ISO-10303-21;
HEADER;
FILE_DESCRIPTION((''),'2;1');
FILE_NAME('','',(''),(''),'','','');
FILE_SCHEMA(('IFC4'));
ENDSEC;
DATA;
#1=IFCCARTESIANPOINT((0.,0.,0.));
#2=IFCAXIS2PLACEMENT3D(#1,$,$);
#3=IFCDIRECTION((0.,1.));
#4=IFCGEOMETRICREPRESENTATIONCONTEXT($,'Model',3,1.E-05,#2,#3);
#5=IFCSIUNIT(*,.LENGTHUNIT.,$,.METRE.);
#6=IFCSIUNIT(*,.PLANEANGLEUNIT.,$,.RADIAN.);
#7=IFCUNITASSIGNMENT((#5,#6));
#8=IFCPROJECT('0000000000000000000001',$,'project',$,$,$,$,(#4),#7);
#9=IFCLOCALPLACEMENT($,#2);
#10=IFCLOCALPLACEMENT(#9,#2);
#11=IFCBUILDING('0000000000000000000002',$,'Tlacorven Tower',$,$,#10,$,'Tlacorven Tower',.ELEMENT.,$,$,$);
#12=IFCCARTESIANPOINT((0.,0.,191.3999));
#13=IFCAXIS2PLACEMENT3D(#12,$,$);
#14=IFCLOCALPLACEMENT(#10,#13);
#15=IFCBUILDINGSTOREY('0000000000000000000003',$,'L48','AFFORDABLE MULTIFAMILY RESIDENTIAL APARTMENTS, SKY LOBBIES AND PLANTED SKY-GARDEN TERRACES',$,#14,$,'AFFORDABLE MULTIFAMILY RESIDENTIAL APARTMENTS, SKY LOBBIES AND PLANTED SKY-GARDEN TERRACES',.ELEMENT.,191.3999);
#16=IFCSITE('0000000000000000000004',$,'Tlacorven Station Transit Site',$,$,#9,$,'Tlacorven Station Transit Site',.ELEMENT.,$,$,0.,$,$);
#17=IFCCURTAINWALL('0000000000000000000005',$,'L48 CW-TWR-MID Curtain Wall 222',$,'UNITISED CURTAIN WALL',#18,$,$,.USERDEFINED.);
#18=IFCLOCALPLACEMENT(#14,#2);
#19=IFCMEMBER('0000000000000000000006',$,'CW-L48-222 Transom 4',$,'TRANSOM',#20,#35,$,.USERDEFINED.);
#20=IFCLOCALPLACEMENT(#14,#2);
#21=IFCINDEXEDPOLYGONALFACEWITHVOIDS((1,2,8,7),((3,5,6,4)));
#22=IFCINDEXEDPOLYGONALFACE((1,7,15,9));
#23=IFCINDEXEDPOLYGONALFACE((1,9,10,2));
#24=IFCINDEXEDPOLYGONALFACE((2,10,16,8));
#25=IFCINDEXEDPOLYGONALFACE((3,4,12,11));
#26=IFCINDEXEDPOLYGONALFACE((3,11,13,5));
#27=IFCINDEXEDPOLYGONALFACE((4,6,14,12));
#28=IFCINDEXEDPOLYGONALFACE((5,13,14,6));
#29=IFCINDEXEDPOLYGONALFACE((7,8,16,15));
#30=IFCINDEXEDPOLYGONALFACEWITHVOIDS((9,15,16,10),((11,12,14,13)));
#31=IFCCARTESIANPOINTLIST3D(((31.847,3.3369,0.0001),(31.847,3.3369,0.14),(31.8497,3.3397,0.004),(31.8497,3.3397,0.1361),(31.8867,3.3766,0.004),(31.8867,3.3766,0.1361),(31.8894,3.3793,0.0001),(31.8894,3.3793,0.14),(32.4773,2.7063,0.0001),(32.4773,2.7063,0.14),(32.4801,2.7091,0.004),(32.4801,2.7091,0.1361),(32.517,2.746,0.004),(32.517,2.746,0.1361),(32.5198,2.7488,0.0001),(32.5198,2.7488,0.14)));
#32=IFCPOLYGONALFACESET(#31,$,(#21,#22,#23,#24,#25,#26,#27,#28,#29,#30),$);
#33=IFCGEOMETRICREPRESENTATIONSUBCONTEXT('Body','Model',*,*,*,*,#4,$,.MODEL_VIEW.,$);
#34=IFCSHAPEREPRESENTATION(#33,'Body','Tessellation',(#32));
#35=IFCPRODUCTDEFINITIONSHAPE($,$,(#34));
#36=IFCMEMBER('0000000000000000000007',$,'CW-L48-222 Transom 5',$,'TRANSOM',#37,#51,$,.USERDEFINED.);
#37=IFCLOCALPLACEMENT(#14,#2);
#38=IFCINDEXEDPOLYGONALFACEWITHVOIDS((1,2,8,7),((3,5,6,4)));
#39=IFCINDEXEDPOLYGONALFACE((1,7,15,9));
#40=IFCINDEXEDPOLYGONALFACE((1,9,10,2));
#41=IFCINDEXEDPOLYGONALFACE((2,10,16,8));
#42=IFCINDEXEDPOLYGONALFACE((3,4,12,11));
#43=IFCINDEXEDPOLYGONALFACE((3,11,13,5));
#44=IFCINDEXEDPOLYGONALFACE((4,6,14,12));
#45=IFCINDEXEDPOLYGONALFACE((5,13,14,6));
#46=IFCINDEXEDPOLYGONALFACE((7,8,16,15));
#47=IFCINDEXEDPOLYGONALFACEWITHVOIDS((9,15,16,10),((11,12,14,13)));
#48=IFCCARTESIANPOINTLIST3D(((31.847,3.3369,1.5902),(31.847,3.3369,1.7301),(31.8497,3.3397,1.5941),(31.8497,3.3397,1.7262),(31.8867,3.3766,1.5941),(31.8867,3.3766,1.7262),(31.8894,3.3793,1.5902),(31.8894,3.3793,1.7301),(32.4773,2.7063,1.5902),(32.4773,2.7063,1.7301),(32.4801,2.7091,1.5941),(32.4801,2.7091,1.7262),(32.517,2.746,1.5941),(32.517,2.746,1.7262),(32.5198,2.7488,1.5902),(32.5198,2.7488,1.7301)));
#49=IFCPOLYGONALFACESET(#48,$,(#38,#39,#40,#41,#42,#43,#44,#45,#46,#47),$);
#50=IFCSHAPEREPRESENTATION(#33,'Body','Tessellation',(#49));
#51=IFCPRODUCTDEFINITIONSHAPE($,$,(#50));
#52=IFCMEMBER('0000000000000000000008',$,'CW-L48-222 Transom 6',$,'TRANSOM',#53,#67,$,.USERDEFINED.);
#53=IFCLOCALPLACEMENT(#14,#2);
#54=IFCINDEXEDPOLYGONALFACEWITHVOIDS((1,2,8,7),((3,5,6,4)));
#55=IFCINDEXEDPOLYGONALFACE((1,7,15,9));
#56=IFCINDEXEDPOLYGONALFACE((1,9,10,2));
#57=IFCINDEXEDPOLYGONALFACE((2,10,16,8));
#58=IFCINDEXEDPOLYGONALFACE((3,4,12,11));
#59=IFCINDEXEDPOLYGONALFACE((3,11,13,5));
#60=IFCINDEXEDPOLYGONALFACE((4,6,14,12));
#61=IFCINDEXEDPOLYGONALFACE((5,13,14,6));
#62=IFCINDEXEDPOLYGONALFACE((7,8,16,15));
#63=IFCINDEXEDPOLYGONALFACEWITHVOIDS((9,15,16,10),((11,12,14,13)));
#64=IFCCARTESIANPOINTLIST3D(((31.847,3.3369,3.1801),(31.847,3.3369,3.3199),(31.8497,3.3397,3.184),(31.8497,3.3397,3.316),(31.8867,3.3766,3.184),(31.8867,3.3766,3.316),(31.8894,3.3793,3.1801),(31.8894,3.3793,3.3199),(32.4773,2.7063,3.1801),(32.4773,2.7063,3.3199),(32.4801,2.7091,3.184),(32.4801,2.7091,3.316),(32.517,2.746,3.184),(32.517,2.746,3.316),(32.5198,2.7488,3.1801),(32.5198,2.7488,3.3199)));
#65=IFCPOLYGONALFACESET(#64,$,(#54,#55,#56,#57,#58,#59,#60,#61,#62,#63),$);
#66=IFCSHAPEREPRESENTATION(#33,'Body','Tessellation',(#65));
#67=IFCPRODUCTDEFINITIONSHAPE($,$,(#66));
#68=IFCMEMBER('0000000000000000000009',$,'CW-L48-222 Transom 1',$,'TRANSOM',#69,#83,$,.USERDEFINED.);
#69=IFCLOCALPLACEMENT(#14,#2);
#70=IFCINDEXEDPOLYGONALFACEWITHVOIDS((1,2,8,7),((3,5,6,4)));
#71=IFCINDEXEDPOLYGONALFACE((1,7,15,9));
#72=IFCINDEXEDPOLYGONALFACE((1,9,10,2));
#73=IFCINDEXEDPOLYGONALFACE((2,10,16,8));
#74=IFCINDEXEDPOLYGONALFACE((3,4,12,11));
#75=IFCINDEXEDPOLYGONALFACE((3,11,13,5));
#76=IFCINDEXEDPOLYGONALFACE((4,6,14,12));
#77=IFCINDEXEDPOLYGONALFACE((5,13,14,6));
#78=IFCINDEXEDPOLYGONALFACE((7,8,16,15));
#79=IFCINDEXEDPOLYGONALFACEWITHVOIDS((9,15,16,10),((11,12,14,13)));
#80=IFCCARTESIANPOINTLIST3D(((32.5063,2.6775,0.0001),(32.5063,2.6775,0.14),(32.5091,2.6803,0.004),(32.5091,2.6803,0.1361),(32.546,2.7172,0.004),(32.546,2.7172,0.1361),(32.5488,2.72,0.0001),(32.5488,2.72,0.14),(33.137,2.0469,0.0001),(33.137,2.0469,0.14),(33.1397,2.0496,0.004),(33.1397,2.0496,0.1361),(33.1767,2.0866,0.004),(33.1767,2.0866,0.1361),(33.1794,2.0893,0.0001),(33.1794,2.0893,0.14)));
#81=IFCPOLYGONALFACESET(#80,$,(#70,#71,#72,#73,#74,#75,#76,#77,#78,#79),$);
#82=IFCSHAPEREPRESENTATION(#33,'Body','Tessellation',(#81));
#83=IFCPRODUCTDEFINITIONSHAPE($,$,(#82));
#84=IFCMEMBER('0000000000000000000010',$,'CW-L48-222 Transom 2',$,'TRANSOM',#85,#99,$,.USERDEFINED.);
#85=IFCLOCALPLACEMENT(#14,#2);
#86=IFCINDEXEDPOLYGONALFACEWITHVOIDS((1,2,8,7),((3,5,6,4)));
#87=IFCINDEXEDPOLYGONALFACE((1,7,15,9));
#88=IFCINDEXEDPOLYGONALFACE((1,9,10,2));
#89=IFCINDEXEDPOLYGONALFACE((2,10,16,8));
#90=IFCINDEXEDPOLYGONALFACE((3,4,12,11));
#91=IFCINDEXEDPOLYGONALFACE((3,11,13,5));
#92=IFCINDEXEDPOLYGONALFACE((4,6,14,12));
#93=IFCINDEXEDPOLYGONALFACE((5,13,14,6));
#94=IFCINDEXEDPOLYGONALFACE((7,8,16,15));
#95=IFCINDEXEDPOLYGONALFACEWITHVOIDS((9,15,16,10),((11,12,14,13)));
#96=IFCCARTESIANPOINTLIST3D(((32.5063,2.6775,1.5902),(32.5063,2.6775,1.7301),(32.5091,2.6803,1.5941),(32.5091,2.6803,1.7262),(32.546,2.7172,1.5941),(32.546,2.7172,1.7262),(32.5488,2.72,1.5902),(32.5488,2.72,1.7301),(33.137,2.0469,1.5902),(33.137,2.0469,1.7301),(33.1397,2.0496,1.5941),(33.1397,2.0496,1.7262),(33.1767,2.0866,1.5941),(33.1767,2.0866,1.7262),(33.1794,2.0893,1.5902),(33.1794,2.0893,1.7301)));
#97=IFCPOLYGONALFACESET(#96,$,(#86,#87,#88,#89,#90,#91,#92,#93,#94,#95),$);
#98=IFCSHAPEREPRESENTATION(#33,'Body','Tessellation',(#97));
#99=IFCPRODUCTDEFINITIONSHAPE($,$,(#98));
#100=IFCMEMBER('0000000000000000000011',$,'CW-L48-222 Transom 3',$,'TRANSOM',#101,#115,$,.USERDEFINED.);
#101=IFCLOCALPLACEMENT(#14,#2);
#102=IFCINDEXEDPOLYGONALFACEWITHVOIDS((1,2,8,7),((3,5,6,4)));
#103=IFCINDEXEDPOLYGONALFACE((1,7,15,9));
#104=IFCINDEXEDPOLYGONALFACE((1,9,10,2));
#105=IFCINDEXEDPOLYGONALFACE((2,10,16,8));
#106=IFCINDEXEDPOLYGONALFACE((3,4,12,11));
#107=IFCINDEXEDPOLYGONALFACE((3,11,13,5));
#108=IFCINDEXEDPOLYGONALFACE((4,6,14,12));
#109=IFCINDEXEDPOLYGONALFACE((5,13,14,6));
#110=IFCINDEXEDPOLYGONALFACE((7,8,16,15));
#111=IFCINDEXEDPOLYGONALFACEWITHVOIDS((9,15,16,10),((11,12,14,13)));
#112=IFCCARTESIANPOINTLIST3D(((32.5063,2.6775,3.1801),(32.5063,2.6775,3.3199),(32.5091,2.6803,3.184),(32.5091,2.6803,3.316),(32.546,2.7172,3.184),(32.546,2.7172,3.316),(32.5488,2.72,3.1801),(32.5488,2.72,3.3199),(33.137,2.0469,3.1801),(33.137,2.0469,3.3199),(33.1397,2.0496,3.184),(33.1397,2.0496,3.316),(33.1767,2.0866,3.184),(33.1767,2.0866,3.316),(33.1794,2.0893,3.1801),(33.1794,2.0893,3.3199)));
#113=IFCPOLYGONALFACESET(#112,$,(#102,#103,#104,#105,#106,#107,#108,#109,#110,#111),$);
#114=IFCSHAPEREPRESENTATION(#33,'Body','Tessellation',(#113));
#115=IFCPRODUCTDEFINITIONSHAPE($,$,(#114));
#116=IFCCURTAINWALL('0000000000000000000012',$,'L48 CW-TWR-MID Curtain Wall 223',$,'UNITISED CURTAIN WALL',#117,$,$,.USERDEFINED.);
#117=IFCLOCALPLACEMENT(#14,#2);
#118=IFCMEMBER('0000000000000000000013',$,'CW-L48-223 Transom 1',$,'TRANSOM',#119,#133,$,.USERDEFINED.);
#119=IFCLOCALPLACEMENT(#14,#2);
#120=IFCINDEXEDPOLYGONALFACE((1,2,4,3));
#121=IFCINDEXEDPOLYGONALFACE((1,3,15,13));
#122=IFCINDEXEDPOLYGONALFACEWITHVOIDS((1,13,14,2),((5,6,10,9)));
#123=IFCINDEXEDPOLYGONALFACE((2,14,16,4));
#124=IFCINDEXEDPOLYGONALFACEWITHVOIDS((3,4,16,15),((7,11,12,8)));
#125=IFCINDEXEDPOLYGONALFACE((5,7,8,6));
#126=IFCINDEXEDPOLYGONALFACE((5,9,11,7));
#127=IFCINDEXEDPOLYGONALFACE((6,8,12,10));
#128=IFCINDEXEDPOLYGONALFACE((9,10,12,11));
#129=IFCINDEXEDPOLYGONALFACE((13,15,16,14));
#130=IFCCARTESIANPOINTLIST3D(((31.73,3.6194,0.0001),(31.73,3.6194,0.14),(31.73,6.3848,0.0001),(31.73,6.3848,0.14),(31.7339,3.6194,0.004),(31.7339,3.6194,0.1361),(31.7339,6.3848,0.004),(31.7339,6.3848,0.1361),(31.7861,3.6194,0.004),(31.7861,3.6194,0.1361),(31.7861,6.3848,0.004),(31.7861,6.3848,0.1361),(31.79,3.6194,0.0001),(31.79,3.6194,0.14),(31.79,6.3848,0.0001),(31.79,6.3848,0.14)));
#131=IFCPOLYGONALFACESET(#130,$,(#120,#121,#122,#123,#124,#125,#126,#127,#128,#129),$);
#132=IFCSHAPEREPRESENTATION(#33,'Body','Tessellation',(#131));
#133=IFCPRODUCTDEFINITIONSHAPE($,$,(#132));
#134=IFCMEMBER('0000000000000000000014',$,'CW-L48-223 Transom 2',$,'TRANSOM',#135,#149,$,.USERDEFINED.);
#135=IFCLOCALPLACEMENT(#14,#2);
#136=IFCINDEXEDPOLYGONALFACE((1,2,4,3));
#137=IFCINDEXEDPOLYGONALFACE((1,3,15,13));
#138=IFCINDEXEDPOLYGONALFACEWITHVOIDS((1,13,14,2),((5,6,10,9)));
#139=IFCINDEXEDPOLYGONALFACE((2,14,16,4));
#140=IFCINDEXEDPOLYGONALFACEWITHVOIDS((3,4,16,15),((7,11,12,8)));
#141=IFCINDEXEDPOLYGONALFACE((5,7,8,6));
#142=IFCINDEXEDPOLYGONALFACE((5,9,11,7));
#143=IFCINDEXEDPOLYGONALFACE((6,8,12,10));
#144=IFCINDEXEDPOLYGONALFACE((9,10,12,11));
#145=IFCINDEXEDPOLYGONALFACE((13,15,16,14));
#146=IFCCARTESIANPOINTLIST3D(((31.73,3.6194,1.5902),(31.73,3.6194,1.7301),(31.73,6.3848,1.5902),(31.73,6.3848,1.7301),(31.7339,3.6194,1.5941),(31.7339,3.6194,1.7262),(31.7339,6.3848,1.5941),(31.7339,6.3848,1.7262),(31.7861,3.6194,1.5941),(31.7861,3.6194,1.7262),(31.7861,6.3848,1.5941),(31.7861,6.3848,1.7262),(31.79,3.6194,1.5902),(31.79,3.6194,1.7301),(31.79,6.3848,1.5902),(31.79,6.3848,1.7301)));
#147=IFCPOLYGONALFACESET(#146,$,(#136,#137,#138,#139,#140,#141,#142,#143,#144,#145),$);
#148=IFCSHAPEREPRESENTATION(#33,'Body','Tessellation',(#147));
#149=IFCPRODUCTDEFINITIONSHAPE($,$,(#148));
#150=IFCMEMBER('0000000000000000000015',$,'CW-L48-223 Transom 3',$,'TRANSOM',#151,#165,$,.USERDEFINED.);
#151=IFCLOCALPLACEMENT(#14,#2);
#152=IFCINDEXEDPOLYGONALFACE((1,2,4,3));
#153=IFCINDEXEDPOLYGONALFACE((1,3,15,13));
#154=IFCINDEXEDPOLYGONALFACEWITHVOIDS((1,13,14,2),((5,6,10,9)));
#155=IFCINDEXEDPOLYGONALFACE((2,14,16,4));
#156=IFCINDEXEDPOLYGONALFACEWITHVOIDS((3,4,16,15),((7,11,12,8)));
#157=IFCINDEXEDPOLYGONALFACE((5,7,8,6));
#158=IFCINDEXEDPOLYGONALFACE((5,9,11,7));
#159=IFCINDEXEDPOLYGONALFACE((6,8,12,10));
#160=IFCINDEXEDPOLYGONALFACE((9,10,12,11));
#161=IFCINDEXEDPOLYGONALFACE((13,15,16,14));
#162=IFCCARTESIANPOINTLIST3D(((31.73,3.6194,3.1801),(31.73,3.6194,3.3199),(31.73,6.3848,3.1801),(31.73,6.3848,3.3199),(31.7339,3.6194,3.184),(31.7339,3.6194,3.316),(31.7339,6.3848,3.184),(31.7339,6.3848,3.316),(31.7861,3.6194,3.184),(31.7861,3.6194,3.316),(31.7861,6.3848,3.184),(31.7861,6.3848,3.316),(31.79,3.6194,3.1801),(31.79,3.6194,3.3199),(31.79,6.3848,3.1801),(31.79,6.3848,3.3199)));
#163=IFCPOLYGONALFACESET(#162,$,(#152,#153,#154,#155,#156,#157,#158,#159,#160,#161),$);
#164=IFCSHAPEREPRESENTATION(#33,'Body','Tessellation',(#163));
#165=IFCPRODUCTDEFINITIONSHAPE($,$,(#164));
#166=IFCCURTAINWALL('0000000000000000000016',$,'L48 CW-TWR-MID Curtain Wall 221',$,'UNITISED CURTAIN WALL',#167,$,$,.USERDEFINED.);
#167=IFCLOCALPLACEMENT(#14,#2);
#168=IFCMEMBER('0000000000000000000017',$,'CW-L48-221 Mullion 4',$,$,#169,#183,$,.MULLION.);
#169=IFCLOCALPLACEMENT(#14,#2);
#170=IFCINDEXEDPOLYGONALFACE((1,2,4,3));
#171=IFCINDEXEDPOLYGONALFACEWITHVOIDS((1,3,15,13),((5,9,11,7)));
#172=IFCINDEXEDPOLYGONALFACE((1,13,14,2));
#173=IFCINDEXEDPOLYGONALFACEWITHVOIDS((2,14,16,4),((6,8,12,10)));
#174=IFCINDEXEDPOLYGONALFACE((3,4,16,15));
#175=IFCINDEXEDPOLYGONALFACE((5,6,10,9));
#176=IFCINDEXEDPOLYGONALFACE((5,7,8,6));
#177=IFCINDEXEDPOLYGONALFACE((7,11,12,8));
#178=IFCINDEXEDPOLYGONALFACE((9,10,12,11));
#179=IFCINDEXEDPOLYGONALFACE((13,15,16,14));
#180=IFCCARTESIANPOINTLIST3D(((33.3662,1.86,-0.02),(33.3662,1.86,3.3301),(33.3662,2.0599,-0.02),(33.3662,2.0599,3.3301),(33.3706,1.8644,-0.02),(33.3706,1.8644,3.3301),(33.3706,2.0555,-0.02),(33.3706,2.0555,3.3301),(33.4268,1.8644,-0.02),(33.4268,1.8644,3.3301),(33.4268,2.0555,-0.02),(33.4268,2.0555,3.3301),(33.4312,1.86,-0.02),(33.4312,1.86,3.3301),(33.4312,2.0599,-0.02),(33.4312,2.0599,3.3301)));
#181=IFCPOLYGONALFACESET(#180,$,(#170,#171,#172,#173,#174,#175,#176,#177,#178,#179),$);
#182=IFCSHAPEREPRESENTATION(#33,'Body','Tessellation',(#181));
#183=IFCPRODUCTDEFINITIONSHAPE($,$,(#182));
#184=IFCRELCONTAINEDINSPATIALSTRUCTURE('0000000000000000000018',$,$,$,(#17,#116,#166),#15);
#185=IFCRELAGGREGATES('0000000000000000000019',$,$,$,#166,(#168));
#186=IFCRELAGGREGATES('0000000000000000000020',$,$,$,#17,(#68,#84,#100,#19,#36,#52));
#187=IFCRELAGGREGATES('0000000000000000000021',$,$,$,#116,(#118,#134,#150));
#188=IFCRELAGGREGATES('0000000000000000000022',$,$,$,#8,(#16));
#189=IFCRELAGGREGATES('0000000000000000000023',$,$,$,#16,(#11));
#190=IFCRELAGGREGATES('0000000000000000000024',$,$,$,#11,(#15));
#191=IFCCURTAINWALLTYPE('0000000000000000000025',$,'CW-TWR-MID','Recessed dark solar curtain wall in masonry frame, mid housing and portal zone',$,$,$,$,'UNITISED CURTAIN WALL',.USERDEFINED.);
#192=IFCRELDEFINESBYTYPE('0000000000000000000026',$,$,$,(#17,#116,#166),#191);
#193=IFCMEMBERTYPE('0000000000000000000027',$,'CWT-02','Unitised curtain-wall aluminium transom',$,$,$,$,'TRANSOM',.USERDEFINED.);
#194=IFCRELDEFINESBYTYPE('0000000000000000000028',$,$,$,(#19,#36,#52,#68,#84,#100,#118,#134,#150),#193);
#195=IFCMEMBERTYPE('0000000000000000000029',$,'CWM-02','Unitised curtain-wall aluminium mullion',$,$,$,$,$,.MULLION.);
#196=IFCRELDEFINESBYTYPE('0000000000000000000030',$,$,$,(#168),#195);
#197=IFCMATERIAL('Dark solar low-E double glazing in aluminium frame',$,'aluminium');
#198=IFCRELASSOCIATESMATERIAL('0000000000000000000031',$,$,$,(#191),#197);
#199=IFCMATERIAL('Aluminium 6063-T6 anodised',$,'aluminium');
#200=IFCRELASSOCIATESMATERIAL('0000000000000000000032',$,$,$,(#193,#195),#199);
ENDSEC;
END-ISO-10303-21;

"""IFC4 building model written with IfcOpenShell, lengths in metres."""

from ifc_helpers import new_model, si_unit, direction, frame, origin, origin_2d, place, context, subcontext, project, spatial, hollow_rectangle, extrude, source, transform, mapped, material, material_profile, profile_set, type_object, element, aggregate, save


model = new_model("IFC4")

# Units and contexts
model_context = context("Model", 3, precision=1e-05, world=origin(), true_north=direction((0.0, 1.0)))
body_context = subcontext(model_context, "Body", "Model", "MODEL_VIEW")
ifc_project = project(units=[si_unit("LENGTHUNIT", "METRE"), si_unit("PLANEANGLEUNIT", "RADIAN")], contexts=[model_context])

# Site, building, storey
site_placement = place(None, origin())
site = spatial("IfcSite", under=ifc_project, at=site_placement, Name="Tlacorven Station Transit Site", LongName="Tlacorven Station Transit Site", CompositionType="ELEMENT", RefElevation=0.0)
building_placement = place(site_placement, origin())
building = spatial("IfcBuilding", under=site, at=building_placement, Name="Tlacorven Tower", LongName="Tlacorven Tower", CompositionType="ELEMENT")
storey_placement = place(building_placement, frame((0.0, 0.0, 191.3999)))
storey = spatial("IfcBuildingStorey", under=building, at=storey_placement, Name="L48", Description="AFFORDABLE MULTIFAMILY RESIDENTIAL APARTMENTS, SKY LOBBIES AND PLANTED SKY-GARDEN TERRACES", LongName="AFFORDABLE MULTIFAMILY RESIDENTIAL APARTMENTS, SKY LOBBIES AND PLANTED SKY-GARDEN TERRACES", CompositionType="ELEMENT", Elevation=191.3999)

# Curtain walls, members
ifc_material_1 = material(Name="Dark solar low-E double glazing in aluminium frame", Category="aluminium")
curtain_wall_type = type_object("IfcCurtainWallType", Name="CW-TWR-MID", Description="Recessed dark solar curtain wall in masonry frame, mid housing and portal zone", ElementType="UNITISED CURTAIN WALL", PredefinedType="USERDEFINED", material=ifc_material_1)
curtain_wall_1_placement = place(storey_placement, origin())
curtain_wall_1 = element("IfcCurtainWall", 1, at=curtain_wall_1_placement, inside=storey, type_object=curtain_wall_type, Name="L48 CW-TWR-MID Curtain Wall 222", ObjectType="UNITISED CURTAIN WALL", PredefinedType="USERDEFINED")
ifc_material_2 = material(Name="Aluminium 6063-T6 anodised", Category="aluminium")
ifc_material_profile_1 = material_profile(ifc_material_2, hollow_rectangle(XDim=0.0601, YDim=0.1399, WallThickness=0.0039, at=origin_2d()), Name="ALU TRANSOM 60X140")
ifc_profile_set_1 = profile_set([ifc_material_profile_1], Name="Aluminium 6063-T6 anodised")
member_type_1 = type_object("IfcMemberType", Name="CWT-02", Description="Unitised curtain-wall aluminium transom", ElementType="TRANSOM", PredefinedType="USERDEFINED", material=ifc_profile_set_1)
shared_shape_1 = source(origin(), body_context, "Body", "SweptSolid", [
    extrude(hollow_rectangle(XDim=0.0601, YDim=0.1399, WallThickness=0.0039, at=origin_2d()), origin(), (0.0, 0.0, 1.0), 0.8916),
])
member_1_placement = place(storey_placement, frame((32.4985, 2.7275, 0.0701), z_axis=(-0.70697, 0.707244, 0.0), x_axis=(-0.707244, -0.70697, 0.0)))
member_1 = element("IfcMember", 2, at=member_1_placement, type_object=member_type_1, Name="CW-L48-222 Transom 4", ObjectType="TRANSOM", PredefinedType="USERDEFINED", context=body_context, shape_type="MappedRepresentation", body=[
    mapped(shared_shape_1, transform((0.0, 0.0, 0.0), scale=1.0)),
])
member_2_placement = place(storey_placement, frame((32.4985, 2.7275, 1.6602), z_axis=(-0.70697, 0.707244, 0.0), x_axis=(-0.707244, -0.70697, 0.0)))
member_2 = element("IfcMember", 3, at=member_2_placement, type_object=member_type_1, Name="CW-L48-222 Transom 5", ObjectType="TRANSOM", PredefinedType="USERDEFINED", context=body_context, shape_type="MappedRepresentation", body=[
    mapped(shared_shape_1, transform((0.0, 0.0, 0.0), scale=1.0)),
])
member_3_placement = place(storey_placement, frame((32.4985, 2.7275, 3.25), z_axis=(-0.70697, 0.707244, 0.0), x_axis=(-0.707244, -0.70697, 0.0)))
member_3 = element("IfcMember", 4, at=member_3_placement, type_object=member_type_1, Name="CW-L48-222 Transom 6", ObjectType="TRANSOM", PredefinedType="USERDEFINED", context=body_context, shape_type="MappedRepresentation", body=[
    mapped(shared_shape_1, transform((0.0, 0.0, 0.0), scale=1.0)),
])
shared_shape_2 = source(origin(), body_context, "Body", "SweptSolid", [
    extrude(hollow_rectangle(XDim=0.0601, YDim=0.1399, WallThickness=0.0039, at=origin_2d()), origin(), (0.0, 0.0, 1.0), 0.8918),
])
member_4_placement = place(storey_placement, frame((33.1582, 2.0681, 0.0701), z_axis=(-0.707107, 0.707107, 0.0), x_axis=(-0.707107, -0.707107, 0.0)))
member_4 = element("IfcMember", 5, at=member_4_placement, type_object=member_type_1, Name="CW-L48-222 Transom 1", ObjectType="TRANSOM", PredefinedType="USERDEFINED", context=body_context, shape_type="MappedRepresentation", body=[
    mapped(shared_shape_2, transform((0.0, 0.0, 0.0), scale=1.0)),
])
member_5_placement = place(storey_placement, frame((33.1582, 2.0681, 1.6602), z_axis=(-0.707107, 0.707107, 0.0), x_axis=(-0.707107, -0.707107, 0.0)))
member_5 = element("IfcMember", 6, at=member_5_placement, type_object=member_type_1, Name="CW-L48-222 Transom 2", ObjectType="TRANSOM", PredefinedType="USERDEFINED", context=body_context, shape_type="MappedRepresentation", body=[
    mapped(shared_shape_2, transform((0.0, 0.0, 0.0), scale=1.0)),
])
member_6_placement = place(storey_placement, frame((33.1582, 2.0681, 3.25), z_axis=(-0.707107, 0.707107, 0.0), x_axis=(-0.707107, -0.707107, 0.0)))
member_6 = element("IfcMember", 7, at=member_6_placement, type_object=member_type_1, Name="CW-L48-222 Transom 3", ObjectType="TRANSOM", PredefinedType="USERDEFINED", context=body_context, shape_type="MappedRepresentation", body=[
    mapped(shared_shape_2, transform((0.0, 0.0, 0.0), scale=1.0)),
])
curtain_wall_2_placement = place(storey_placement, origin())
curtain_wall_2 = element("IfcCurtainWall", 8, at=curtain_wall_2_placement, inside=storey, type_object=curtain_wall_type, Name="L48 CW-TWR-MID Curtain Wall 223", ObjectType="UNITISED CURTAIN WALL", PredefinedType="USERDEFINED")
shared_shape_3 = source(origin(), body_context, "Body", "SweptSolid", [
    extrude(hollow_rectangle(XDim=0.0601, YDim=0.1399, WallThickness=0.0039, at=origin_2d()), origin(), (0.0, 0.0, 1.0), 2.7654),
])
member_7_placement = place(storey_placement, frame((31.76, 3.6194, 0.0701), z_axis=(0.0, 1.0, 0.0), x_axis=(-1.0, 0.0, 0.0)))
member_7 = element("IfcMember", 9, at=member_7_placement, type_object=member_type_1, Name="CW-L48-223 Transom 1", ObjectType="TRANSOM", PredefinedType="USERDEFINED", context=body_context, shape_type="MappedRepresentation", body=[
    mapped(shared_shape_3, transform((0.0, 0.0, 0.0), scale=1.0)),
])
member_8_placement = place(storey_placement, frame((31.76, 3.6194, 1.6602), z_axis=(0.0, 1.0, 0.0), x_axis=(-1.0, 0.0, 0.0)))
member_8 = element("IfcMember", 10, at=member_8_placement, type_object=member_type_1, Name="CW-L48-223 Transom 2", ObjectType="TRANSOM", PredefinedType="USERDEFINED", context=body_context, shape_type="MappedRepresentation", body=[
    mapped(shared_shape_3, transform((0.0, 0.0, 0.0), scale=1.0)),
])
member_9_placement = place(storey_placement, frame((31.76, 3.6194, 3.25), z_axis=(0.0, 1.0, 0.0), x_axis=(-1.0, 0.0, 0.0)))
member_9 = element("IfcMember", 11, at=member_9_placement, type_object=member_type_1, Name="CW-L48-223 Transom 3", ObjectType="TRANSOM", PredefinedType="USERDEFINED", context=body_context, shape_type="MappedRepresentation", body=[
    mapped(shared_shape_3, transform((0.0, 0.0, 0.0), scale=1.0)),
])

# Curtain wall, member
curtain_wall_3_placement = place(storey_placement, origin())
curtain_wall_3 = element("IfcCurtainWall", 12, at=curtain_wall_3_placement, inside=storey, type_object=curtain_wall_type, Name="L48 CW-TWR-MID Curtain Wall 221", ObjectType="UNITISED CURTAIN WALL", PredefinedType="USERDEFINED")
ifc_material_profile_2 = material_profile(ifc_material_2, hollow_rectangle(XDim=0.0649, YDim=0.2, WallThickness=0.0044, at=origin_2d()), Name="ALU MULLION 65X200")
ifc_profile_set_2 = profile_set([ifc_material_profile_2], Name="Aluminium 6063-T6 anodised")
member_type_2 = type_object("IfcMemberType", Name="CWM-02", Description="Unitised curtain-wall aluminium mullion", PredefinedType="MULLION", material=ifc_profile_set_2)
shared_shape_4 = source(origin(), body_context, "Body", "SweptSolid", [
    extrude(hollow_rectangle(XDim=0.0649, YDim=0.2, WallThickness=0.0044, at=origin_2d()), origin(), (0.0, 0.0, 1.0), 3.3501),
])
member_10_placement = place(storey_placement, frame((33.3987, 1.96, -0.02), z_axis=(0.0, 0.0, 1.0), x_axis=(-1.0, 0.0, 0.0)))
member_10 = element("IfcMember", 13, at=member_10_placement, type_object=member_type_2, Name="CW-L48-221 Mullion 4", PredefinedType="MULLION", context=body_context, shape_type="MappedRepresentation", body=[
    mapped(shared_shape_4, transform((0.0, 0.0, 0.0), scale=1.0)),
])
aggregate(curtain_wall_3, [member_10])

aggregate(curtain_wall_1, [member_4, member_5, member_6, member_1, member_2, member_3])
aggregate(curtain_wall_2, [member_7, member_8, member_9])

save(model, "model.ifc")
